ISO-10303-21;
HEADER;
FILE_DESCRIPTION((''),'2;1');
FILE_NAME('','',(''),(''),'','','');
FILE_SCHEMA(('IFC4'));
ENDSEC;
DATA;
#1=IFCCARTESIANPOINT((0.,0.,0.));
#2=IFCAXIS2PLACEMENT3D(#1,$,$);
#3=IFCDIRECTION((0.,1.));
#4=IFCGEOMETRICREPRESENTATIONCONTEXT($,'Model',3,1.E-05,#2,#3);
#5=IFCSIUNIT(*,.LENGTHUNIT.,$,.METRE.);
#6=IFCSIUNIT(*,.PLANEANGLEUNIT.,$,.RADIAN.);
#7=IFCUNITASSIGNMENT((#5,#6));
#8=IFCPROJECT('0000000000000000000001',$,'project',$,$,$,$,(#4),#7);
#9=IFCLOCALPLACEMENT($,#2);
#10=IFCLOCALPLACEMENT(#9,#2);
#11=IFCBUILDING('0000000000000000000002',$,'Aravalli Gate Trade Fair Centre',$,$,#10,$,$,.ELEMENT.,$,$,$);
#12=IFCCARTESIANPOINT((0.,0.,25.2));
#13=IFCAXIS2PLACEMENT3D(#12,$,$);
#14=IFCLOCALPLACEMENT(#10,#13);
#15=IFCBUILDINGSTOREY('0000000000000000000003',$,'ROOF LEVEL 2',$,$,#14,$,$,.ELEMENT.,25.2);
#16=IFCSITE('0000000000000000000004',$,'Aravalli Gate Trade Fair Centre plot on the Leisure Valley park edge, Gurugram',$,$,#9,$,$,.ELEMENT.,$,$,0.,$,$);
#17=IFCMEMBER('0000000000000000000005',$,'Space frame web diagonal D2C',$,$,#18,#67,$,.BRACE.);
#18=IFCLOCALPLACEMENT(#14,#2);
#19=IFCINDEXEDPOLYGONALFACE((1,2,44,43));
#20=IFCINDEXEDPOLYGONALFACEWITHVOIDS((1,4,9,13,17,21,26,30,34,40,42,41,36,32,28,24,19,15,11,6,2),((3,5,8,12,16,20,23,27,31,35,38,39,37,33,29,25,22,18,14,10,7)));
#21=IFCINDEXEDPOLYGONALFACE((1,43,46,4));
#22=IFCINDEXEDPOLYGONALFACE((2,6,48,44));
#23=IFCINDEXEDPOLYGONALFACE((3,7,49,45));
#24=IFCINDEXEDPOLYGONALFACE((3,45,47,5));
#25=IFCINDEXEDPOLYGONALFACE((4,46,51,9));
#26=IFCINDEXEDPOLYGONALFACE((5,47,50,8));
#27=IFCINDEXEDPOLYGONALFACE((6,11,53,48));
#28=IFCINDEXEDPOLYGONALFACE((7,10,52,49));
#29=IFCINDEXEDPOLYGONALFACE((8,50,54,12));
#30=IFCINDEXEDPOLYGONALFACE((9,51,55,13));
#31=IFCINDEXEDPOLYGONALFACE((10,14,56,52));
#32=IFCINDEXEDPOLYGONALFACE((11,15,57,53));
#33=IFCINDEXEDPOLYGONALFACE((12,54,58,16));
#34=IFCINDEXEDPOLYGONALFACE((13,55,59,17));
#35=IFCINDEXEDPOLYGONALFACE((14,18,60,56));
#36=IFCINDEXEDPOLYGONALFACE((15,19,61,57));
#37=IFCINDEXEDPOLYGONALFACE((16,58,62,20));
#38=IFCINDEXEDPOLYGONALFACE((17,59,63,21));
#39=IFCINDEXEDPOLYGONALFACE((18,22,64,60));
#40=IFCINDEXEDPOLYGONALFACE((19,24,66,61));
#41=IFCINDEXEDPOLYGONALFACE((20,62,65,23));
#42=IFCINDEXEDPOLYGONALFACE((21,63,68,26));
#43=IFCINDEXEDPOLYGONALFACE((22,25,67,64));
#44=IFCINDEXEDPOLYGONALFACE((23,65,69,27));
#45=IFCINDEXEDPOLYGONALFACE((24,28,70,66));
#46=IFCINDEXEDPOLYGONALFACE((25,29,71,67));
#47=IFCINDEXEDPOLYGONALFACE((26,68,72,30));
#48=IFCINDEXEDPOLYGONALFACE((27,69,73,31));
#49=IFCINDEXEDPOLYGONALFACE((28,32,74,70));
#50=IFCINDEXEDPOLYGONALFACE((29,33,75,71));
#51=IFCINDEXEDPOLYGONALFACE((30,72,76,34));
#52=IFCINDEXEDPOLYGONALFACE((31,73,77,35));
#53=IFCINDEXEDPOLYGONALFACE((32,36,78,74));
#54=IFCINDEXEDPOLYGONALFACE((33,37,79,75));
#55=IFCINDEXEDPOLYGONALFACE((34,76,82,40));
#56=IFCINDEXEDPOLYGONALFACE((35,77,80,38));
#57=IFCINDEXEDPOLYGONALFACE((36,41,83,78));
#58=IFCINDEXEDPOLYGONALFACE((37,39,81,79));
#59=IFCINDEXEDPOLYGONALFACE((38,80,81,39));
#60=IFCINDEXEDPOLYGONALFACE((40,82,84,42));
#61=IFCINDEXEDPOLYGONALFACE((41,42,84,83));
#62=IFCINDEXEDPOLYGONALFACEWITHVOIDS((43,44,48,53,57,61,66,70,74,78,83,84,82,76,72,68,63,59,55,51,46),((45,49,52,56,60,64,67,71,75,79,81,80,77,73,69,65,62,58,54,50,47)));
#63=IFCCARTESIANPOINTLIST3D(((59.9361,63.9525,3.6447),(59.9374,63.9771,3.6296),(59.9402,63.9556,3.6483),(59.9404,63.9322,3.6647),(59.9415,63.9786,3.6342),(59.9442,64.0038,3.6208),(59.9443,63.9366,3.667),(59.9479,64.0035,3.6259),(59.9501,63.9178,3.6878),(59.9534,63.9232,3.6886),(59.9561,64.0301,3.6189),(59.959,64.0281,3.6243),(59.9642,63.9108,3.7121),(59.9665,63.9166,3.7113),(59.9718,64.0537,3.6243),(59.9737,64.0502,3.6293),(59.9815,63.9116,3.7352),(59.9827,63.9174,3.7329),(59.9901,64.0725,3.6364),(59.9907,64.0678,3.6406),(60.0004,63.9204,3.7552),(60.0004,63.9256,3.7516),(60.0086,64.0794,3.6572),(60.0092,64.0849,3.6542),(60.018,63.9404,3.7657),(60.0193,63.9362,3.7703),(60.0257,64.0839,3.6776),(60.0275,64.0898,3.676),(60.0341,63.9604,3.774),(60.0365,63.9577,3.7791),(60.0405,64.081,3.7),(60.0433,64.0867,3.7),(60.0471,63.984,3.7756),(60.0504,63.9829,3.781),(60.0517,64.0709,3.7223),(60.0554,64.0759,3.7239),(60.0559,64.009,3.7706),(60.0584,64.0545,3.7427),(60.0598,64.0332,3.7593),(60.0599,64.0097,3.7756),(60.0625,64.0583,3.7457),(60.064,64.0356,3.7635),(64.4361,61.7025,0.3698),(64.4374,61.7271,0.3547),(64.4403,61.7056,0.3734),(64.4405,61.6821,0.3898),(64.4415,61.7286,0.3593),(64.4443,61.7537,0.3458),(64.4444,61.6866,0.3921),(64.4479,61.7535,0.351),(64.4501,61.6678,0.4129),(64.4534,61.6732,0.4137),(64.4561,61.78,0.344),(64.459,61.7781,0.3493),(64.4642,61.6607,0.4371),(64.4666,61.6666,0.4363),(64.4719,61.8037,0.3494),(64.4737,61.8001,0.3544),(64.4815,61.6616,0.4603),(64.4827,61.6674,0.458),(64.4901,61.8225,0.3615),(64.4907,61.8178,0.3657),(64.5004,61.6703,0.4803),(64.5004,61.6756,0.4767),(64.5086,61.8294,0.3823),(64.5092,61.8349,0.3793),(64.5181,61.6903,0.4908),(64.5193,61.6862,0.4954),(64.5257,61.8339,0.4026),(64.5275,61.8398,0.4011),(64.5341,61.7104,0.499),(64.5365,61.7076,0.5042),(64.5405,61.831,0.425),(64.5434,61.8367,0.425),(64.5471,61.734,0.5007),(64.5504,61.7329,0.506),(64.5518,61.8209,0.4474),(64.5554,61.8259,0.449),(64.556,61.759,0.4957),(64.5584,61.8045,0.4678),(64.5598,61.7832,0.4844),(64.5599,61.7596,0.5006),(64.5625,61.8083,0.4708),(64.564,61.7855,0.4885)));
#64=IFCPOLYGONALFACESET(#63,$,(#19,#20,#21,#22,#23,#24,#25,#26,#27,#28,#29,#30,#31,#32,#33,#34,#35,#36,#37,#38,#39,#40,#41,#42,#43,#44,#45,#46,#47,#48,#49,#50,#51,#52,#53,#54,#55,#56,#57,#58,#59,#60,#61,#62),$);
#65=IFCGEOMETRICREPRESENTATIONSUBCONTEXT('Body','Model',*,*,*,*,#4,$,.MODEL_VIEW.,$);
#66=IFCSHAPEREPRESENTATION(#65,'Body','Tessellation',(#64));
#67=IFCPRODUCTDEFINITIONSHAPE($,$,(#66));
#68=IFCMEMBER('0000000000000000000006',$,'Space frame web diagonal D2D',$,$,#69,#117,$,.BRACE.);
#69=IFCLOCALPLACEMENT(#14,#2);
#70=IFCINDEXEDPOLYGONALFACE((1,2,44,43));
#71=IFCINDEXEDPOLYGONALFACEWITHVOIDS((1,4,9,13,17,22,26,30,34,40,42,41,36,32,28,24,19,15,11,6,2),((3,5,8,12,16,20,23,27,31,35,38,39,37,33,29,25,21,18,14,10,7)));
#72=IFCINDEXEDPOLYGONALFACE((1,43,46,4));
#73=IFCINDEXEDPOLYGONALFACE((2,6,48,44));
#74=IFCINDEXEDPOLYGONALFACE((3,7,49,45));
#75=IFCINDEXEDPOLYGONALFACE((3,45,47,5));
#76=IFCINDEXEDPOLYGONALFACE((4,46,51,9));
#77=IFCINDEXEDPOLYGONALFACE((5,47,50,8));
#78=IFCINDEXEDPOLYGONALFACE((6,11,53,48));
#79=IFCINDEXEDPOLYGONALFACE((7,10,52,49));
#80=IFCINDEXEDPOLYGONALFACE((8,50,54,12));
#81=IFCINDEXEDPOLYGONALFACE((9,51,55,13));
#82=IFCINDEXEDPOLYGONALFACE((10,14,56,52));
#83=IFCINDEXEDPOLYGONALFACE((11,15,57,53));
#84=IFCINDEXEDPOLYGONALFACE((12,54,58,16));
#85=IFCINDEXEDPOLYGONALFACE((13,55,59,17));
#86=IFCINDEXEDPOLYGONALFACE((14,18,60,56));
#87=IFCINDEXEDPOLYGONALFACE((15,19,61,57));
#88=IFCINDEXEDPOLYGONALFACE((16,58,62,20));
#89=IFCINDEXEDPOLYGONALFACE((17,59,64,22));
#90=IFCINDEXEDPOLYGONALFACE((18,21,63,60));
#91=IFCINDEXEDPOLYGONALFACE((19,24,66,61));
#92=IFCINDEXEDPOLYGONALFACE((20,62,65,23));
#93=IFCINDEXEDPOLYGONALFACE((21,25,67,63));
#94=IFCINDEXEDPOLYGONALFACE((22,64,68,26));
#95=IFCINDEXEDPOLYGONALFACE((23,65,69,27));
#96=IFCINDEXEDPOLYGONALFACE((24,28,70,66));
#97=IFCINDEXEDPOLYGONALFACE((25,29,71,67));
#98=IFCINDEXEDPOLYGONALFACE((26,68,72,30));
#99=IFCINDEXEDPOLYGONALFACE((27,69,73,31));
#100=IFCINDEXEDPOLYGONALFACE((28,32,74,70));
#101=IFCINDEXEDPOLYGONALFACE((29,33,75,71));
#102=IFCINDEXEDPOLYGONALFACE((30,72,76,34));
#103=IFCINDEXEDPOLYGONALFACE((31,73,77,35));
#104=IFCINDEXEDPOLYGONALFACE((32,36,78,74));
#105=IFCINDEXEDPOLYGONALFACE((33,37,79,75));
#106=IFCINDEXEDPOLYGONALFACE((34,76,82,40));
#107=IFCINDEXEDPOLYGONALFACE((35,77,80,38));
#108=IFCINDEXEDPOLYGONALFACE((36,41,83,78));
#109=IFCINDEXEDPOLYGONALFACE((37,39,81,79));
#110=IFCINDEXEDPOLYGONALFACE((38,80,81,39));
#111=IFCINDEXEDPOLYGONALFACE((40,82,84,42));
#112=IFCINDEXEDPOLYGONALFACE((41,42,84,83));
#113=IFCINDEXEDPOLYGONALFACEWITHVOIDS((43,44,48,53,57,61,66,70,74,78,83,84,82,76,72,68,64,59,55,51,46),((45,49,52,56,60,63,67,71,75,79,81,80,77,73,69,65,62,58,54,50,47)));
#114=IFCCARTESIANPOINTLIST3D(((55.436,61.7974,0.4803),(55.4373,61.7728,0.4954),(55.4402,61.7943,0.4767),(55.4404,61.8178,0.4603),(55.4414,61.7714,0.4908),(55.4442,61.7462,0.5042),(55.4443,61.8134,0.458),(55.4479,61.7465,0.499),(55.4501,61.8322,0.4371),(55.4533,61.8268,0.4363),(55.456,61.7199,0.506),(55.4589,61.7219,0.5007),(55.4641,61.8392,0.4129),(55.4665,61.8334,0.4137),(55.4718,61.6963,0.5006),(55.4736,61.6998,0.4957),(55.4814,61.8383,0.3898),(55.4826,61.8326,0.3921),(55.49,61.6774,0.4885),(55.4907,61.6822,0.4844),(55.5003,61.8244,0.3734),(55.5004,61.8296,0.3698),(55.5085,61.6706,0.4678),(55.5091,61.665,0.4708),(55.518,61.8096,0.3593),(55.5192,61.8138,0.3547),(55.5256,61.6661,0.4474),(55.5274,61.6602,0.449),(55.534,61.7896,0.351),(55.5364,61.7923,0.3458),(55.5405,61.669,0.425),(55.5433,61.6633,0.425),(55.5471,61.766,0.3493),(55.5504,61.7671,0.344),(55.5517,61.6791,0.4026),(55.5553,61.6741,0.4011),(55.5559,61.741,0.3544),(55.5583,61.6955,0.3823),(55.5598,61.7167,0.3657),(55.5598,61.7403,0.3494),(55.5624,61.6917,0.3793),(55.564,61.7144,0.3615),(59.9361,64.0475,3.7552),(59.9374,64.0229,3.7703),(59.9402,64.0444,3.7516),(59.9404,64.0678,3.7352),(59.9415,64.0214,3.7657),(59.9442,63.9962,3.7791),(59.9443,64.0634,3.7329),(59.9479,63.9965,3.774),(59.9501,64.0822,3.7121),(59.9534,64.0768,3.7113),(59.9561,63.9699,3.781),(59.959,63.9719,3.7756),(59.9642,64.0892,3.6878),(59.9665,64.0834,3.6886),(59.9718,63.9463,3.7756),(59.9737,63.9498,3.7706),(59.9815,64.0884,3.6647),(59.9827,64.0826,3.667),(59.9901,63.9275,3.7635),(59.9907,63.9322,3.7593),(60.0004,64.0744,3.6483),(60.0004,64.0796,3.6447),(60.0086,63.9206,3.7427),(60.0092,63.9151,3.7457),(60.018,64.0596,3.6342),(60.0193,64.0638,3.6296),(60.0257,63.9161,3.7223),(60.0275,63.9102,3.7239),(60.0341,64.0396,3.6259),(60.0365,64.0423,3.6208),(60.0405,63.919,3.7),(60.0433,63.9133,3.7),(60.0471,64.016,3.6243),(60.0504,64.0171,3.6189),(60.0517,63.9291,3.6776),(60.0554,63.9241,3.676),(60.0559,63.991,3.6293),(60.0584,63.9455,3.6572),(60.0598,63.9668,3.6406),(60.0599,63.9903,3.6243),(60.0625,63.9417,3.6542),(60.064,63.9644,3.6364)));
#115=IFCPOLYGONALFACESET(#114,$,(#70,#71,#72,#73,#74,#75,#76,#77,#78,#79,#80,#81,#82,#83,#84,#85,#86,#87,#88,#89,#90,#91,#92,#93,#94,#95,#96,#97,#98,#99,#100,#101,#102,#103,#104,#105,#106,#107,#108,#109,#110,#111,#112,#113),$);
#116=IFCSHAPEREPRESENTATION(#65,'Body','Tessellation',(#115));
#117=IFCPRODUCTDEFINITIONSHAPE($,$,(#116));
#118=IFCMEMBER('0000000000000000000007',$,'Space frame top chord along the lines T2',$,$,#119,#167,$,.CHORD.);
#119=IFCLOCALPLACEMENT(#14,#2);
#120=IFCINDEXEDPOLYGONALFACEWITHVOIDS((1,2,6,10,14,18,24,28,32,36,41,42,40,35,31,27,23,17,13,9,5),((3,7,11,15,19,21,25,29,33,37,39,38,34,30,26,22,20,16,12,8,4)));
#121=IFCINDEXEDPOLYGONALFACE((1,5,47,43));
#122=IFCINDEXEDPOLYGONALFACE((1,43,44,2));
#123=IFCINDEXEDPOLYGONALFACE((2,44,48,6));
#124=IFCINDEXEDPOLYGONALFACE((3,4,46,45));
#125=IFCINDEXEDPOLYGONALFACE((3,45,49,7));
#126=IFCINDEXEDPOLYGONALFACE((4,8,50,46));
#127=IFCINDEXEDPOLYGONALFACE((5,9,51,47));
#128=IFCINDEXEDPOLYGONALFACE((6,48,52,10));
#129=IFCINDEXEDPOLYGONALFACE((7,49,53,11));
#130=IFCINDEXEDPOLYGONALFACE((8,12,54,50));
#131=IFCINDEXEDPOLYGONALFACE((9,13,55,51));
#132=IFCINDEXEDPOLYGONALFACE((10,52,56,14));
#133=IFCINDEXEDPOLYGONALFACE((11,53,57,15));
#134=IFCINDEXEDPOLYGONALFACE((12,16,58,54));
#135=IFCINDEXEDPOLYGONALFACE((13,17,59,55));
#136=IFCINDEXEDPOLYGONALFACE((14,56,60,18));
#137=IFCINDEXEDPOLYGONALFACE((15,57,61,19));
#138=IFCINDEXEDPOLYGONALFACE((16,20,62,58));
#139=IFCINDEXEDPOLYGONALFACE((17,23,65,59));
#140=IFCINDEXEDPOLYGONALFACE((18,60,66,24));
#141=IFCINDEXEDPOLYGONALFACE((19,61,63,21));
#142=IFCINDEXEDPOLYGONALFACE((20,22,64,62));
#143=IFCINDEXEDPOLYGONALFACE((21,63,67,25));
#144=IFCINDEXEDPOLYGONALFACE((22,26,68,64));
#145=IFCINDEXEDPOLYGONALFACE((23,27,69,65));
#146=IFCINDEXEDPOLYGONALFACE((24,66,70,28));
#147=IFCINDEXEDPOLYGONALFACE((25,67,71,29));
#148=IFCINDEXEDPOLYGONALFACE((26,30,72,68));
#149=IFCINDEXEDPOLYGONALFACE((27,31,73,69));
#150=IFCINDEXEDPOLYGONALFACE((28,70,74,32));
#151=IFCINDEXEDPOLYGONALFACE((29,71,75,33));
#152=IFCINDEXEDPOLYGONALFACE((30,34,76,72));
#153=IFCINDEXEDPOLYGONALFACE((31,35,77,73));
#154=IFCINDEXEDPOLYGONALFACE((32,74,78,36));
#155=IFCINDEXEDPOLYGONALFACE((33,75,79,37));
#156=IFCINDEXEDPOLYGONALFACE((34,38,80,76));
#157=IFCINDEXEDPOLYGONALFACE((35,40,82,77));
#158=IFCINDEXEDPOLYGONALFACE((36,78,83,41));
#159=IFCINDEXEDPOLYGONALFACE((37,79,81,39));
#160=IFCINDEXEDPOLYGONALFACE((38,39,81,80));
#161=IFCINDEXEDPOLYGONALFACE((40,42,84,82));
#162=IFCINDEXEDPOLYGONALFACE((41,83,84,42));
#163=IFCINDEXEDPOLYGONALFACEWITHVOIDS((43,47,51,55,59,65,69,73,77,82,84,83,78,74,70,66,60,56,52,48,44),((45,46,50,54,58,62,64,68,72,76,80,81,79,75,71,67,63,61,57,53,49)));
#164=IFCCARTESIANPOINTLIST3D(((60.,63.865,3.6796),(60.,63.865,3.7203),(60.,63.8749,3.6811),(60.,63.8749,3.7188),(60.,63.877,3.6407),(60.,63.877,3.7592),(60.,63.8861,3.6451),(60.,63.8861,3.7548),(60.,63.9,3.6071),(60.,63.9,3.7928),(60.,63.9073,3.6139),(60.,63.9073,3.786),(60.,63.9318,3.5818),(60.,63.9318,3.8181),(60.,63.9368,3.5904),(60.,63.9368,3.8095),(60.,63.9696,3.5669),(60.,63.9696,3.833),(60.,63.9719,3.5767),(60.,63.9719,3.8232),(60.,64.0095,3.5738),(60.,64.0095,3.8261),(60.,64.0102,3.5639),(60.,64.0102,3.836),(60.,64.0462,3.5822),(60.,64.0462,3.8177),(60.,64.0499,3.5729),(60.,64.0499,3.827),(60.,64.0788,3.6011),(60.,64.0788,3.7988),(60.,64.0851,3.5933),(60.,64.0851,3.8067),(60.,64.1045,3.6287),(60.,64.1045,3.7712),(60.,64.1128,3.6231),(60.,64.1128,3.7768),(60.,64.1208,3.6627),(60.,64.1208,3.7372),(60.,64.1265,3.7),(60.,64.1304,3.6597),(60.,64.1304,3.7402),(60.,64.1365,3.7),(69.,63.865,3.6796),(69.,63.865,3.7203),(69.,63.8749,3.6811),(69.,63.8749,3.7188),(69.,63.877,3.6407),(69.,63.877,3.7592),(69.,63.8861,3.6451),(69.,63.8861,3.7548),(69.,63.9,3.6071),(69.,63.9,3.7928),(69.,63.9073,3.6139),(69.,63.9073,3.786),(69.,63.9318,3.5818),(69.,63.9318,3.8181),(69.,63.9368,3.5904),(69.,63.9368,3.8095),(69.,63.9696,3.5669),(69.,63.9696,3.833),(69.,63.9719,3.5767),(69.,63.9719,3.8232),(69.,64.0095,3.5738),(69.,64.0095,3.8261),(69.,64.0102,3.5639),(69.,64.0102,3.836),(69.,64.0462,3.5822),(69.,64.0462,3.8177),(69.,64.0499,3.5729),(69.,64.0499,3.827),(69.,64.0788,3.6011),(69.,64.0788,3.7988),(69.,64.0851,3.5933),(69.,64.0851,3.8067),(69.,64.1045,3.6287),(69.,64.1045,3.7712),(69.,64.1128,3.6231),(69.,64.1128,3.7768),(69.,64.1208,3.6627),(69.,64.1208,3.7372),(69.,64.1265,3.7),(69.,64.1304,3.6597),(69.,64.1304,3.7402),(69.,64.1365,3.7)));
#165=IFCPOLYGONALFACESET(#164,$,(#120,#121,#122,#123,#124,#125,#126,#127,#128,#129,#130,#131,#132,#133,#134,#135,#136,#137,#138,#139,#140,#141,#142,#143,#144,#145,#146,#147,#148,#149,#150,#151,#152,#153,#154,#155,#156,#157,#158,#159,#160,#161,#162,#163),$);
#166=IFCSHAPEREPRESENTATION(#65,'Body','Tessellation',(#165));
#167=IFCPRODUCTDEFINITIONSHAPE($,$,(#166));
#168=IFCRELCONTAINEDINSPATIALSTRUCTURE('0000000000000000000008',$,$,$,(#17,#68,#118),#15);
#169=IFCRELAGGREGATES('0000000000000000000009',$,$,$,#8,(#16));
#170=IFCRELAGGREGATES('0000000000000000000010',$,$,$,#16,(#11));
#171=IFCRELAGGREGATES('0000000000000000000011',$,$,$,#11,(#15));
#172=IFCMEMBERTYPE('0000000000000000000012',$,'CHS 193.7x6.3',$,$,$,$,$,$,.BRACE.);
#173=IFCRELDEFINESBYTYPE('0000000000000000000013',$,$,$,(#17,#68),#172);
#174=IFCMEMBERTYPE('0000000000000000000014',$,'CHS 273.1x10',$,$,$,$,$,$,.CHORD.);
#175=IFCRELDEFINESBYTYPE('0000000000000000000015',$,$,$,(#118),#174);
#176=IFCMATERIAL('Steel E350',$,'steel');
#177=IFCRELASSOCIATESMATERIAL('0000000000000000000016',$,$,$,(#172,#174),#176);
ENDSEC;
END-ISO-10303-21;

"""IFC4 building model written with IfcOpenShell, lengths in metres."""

from ifc_helpers import new_model, si_unit, direction, frame, origin, origin_2d, place, context, subcontext, project, spatial, hollow_circle, extrude, material, material_profile, profile_set, type_object, element, save


model = new_model("IFC4")

# Units and contexts
model_context = context("Model", 3, precision=1e-05, world=origin(), true_north=direction((0.0, 1.0)))
body_context = subcontext(model_context, "Body", "Model", "MODEL_VIEW")
ifc_project = project(units=[si_unit("LENGTHUNIT", "METRE"), si_unit("PLANEANGLEUNIT", "RADIAN")], contexts=[model_context])

# Site, building, storey
site_placement = place(None, origin())
site = spatial("IfcSite", under=ifc_project, at=site_placement, Name="Aravalli Gate Trade Fair Centre plot on the Leisure Valley park edge, Gurugram", CompositionType="ELEMENT", RefElevation=0.0)
building_placement = place(site_placement, origin())
building = spatial("IfcBuilding", under=site, at=building_placement, Name="Aravalli Gate Trade Fair Centre", CompositionType="ELEMENT")
storey_placement = place(building_placement, frame((0.0, 0.0, 25.2)))
storey = spatial("IfcBuildingStorey", under=building, at=storey_placement, Name="ROOF LEVEL 2", CompositionType="ELEMENT", Elevation=25.2)

# Members
ifc_material_1 = material(Name="Steel E350", Category="steel")
ifc_material_profile_1 = material_profile(ifc_material_1, hollow_circle(Radius=0.0969, WallThickness=0.0063, at=origin_2d()), Name="CHS 193.7x6.3")
ifc_profile_set_1 = profile_set([ifc_material_profile_1], Name="Steel E350")
member_type_1 = type_object("IfcMemberType", Name="CHS 193.7x6.3", PredefinedType="BRACE", material=ifc_profile_set_1)
for number, where, z_axis, x_axis, name in (
    (1, (60.0, 64.0, 3.7), (0.74961, -0.374805, -0.545533), (0.447214, 0.894427, 0.0), "Space frame web diagonal D2C"),
    (2, (60.0, 64.0, 3.7), (-0.74961, -0.374805, -0.545533), (0.447214, -0.894427, 0.0), "Space frame web diagonal D2D"),
):
    element("IfcMember", number, at=place(storey_placement, frame(where, z_axis=z_axis, x_axis=x_axis)), inside=storey, type_object=member_type_1, Name=name, PredefinedType="BRACE", context=body_context, shape_type="SweptSolid", body=[
        extrude(hollow_circle(Radius=0.0969, WallThickness=0.0063, at=origin_2d()), origin(), (0.0, 0.0, 1.0), 6.0032),
    ])
ifc_material_profile_2 = material_profile(ifc_material_1, hollow_circle(Radius=0.1365, WallThickness=0.01, at=origin_2d()), Name="CHS 273.1x10")
ifc_profile_set_2 = profile_set([ifc_material_profile_2], Name="Steel E350")
member_type_2 = type_object("IfcMemberType", Name="CHS 273.1x10", PredefinedType="CHORD", material=ifc_profile_set_2)
member_1_placement = place(storey_placement, frame((60.0, 64.0, 3.7), z_axis=(1.0, 0.0, 0.0), x_axis=(0.0, 1.0, 0.0)))
element("IfcMember", 3, at=member_1_placement, inside=storey, type_object=member_type_2, Name="Space frame top chord along the lines T2", PredefinedType="CHORD", context=body_context, shape_type="SweptSolid", body=[
    extrude(hollow_circle(Radius=0.1365, WallThickness=0.01, at=origin_2d()), origin(), (0.0, 0.0, 1.0), 9.0),
])

save(model, "model.ifc")
